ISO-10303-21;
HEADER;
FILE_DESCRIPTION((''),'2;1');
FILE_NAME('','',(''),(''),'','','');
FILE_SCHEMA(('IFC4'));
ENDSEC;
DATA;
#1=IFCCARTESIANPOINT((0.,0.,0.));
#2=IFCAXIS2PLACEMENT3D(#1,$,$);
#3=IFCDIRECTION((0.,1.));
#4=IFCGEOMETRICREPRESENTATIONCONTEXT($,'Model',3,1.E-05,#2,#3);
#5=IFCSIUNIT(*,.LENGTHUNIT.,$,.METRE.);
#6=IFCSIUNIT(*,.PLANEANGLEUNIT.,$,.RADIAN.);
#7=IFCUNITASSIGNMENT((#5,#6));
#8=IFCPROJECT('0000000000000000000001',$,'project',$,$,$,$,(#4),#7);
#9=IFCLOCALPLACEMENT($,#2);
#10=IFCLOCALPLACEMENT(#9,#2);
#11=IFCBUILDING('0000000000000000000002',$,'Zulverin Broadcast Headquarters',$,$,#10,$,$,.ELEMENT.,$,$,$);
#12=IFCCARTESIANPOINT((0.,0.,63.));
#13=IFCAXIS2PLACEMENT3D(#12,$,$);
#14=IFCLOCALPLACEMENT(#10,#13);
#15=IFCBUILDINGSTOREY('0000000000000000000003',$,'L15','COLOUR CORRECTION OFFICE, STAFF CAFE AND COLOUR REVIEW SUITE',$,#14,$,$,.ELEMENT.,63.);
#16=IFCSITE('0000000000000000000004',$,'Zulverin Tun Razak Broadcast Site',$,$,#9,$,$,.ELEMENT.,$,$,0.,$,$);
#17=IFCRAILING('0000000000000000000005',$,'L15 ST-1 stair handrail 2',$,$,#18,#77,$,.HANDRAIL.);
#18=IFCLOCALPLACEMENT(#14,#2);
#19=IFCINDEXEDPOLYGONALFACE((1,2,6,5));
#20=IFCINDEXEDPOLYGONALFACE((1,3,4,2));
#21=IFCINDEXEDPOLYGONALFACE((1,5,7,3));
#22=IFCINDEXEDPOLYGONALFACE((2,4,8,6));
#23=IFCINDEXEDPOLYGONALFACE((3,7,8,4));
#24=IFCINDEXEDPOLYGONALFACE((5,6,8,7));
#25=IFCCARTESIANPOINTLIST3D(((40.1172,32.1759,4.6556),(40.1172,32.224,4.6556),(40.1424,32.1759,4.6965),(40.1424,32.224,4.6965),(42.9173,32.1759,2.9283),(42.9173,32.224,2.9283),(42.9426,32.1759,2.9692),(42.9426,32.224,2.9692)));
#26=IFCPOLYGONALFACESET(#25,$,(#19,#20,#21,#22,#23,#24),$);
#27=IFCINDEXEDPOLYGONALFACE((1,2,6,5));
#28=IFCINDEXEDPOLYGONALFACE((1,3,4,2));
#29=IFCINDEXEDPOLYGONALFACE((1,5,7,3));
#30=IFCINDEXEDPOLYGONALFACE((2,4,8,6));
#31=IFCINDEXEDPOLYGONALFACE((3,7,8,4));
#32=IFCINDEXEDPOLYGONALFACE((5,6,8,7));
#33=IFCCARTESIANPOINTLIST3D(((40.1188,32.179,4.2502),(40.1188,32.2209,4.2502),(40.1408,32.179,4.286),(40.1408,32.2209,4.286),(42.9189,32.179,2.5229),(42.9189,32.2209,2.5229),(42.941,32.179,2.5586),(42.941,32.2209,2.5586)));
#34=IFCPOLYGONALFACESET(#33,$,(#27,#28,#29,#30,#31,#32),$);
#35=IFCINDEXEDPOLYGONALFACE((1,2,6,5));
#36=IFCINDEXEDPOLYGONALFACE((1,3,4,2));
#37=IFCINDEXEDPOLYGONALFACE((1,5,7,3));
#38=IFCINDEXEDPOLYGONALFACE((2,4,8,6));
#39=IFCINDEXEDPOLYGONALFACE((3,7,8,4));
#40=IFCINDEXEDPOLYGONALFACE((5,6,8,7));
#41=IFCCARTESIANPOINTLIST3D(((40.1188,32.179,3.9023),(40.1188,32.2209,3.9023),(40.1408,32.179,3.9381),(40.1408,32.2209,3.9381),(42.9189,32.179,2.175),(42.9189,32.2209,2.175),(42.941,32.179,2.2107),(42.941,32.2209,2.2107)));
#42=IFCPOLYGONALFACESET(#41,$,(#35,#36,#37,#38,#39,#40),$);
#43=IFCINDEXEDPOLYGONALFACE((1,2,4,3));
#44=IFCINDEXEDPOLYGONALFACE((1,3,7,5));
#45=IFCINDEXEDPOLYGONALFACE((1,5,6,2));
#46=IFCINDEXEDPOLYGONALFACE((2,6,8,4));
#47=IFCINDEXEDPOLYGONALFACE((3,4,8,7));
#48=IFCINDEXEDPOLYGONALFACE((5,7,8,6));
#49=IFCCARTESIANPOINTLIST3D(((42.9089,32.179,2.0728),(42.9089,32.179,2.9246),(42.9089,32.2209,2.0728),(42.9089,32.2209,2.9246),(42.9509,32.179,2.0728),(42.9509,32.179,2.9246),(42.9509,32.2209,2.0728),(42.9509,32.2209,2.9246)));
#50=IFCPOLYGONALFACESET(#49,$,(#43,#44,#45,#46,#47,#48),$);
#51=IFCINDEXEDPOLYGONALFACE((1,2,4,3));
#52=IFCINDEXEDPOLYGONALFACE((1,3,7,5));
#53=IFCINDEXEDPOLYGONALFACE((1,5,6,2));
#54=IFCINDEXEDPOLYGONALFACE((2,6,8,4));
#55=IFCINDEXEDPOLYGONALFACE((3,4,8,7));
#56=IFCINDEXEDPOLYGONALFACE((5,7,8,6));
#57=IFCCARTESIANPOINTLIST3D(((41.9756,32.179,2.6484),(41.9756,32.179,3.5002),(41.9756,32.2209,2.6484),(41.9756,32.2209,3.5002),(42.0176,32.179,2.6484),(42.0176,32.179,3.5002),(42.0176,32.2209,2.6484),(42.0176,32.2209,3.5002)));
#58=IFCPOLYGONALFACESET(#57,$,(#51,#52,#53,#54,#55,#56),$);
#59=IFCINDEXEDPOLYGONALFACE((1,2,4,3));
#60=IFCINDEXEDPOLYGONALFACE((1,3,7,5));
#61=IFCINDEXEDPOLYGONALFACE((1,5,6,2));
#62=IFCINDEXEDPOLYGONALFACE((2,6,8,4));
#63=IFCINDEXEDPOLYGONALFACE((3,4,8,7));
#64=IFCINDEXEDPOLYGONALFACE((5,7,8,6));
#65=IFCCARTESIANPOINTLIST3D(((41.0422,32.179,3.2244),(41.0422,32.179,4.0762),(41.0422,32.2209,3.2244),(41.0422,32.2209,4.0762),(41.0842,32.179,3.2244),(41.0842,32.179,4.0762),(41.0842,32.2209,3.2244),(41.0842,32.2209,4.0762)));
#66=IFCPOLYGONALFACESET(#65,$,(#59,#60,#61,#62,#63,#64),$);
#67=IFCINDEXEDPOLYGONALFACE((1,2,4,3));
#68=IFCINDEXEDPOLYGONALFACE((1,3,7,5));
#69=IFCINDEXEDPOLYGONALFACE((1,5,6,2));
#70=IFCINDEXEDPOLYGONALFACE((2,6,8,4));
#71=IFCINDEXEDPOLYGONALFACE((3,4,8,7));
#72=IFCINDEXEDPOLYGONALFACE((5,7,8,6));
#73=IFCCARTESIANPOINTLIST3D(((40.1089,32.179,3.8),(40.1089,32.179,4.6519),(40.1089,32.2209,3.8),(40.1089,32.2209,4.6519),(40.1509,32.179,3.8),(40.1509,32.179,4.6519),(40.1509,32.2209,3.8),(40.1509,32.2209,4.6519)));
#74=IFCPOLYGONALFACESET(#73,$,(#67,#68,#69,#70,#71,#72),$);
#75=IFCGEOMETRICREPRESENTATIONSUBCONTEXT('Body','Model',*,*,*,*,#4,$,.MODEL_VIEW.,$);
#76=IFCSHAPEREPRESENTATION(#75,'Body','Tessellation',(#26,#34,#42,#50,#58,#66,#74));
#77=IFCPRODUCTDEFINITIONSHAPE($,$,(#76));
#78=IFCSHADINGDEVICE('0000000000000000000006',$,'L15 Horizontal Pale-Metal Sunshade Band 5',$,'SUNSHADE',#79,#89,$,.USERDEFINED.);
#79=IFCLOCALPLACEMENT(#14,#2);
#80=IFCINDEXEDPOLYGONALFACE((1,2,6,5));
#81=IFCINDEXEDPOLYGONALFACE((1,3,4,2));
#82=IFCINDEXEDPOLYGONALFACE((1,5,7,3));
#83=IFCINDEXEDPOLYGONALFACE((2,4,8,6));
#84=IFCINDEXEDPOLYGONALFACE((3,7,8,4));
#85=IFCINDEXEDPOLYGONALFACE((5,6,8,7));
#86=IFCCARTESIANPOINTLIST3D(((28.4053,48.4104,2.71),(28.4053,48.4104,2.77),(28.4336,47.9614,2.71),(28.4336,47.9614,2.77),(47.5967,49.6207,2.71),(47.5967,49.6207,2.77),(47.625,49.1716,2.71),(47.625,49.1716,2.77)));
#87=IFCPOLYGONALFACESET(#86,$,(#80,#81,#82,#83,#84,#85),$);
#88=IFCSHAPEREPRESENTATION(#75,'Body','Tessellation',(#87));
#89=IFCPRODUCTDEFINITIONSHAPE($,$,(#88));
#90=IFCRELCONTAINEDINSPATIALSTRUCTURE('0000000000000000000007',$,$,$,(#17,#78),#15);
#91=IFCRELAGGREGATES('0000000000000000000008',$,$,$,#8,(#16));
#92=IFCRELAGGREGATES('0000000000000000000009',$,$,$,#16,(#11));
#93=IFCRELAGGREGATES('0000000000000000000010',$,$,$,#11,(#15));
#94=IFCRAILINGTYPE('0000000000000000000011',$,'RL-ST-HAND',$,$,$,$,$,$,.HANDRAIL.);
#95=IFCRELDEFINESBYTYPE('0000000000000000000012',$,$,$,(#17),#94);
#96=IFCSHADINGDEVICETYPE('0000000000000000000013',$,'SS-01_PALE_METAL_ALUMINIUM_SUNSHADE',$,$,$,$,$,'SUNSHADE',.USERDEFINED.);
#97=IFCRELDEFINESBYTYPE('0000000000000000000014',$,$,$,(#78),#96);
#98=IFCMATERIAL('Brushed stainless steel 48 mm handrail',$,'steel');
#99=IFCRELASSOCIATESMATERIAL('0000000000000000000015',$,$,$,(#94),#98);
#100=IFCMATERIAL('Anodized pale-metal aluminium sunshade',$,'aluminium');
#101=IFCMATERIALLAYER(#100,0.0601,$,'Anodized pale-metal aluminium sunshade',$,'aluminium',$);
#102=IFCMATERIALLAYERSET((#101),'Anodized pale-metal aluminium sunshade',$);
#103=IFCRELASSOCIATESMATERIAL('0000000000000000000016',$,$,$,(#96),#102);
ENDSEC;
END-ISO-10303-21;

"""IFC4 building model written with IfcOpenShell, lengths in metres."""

from ifc_helpers import new_model, si_unit, direction, frame, origin, origin_2d, place, context, subcontext, project, spatial, rectangle, extrude, material, layer, layer_set, type_object, element, save


model = new_model("IFC4")

# Units and contexts
model_context = context("Model", 3, precision=1e-05, world=origin(), true_north=direction((0.0, 1.0)))
body_context = subcontext(model_context, "Body", "Model", "MODEL_VIEW")
ifc_project = project(units=[si_unit("LENGTHUNIT", "METRE"), si_unit("PLANEANGLEUNIT", "RADIAN")], contexts=[model_context])

# Site, building, storey
site_placement = place(None, origin())
site = spatial("IfcSite", under=ifc_project, at=site_placement, Name="Zulverin Tun Razak Broadcast Site", CompositionType="ELEMENT", RefElevation=0.0)
building_placement = place(site_placement, origin())
building = spatial("IfcBuilding", under=site, at=building_placement, Name="Zulverin Broadcast Headquarters", CompositionType="ELEMENT")
storey_placement = place(building_placement, frame((0.0, 0.0, 63.0)))
storey = spatial("IfcBuildingStorey", under=building, at=storey_placement, Name="L15", Description="COLOUR CORRECTION OFFICE, STAFF CAFE AND COLOUR REVIEW SUITE", CompositionType="ELEMENT", Elevation=63.0)

# Railing
ifc_material_1 = material(Name="Brushed stainless steel 48 mm handrail", Category="steel")
railing_type_1 = type_object("IfcRailingType", Name="RL-ST-HAND", PredefinedType="HANDRAIL", material=ifc_material_1)
railing_1_placement = place(storey_placement, frame((42.9299, 32.2, 2.0728)))
element("IfcRailing", 1, at=railing_1_placement, inside=storey, type_object=railing_type_1, Name="L15 ST-1 stair handrail 2", PredefinedType="HANDRAIL", context=body_context, shape_type="SweptSolid", body=[
    extrude(rectangle(XDim=0.0481, YDim=0.0481, at=origin_2d()), frame((0.0, 0.0, 0.876), z_axis=(-0.85109, 0.0, 0.52502), x_axis=(0.0, -1.0, 0.0)), (0.0, 0.0, 1.0), 3.29),
    extrude(rectangle(XDim=0.042, YDim=0.042, at=origin_2d()), frame((0.0, 0.0, 0.468), z_axis=(-0.85109, 0.0, 0.52502), x_axis=(0.0, -1.0, 0.0)), (0.0, 0.0, 1.0), 3.29),
    extrude(rectangle(XDim=0.042, YDim=0.042, at=origin_2d()), frame((0.0, 0.0, 0.1201), z_axis=(-0.85109, 0.0, 0.52502), x_axis=(0.0, -1.0, 0.0)), (0.0, 0.0, 1.0), 3.29),
    extrude(rectangle(XDim=0.042, YDim=0.042, at=origin_2d()), origin(), (0.0, 0.0, 1.0), 0.8518),
    extrude(rectangle(XDim=0.042, YDim=0.042, at=origin_2d()), frame((-0.9333, 0.0, 0.5757)), (0.0, 0.0, 1.0), 0.8518),
    extrude(rectangle(XDim=0.042, YDim=0.042, at=origin_2d()), frame((-1.8667, 0.0, 1.1516)), (0.0, 0.0, 1.0), 0.8518),
    extrude(rectangle(XDim=0.042, YDim=0.042, at=origin_2d()), frame((-2.8, 0.0, 1.7273)), (0.0, 0.0, 1.0), 0.8518),
])

# Shading device
ifc_material_2 = material(Name="Anodized pale-metal aluminium sunshade", Category="aluminium")
ifc_layer_1 = layer(ifc_material_2, 0.0601, Name="Anodized pale-metal aluminium sunshade", Category="aluminium")
ifc_layer_set_1 = layer_set([ifc_layer_1], Name="Anodized pale-metal aluminium sunshade")
shading_device_type = type_object("IfcShadingDeviceType", Name="SS-01_PALE_METAL_ALUMINIUM_SUNSHADE", ElementType="SUNSHADE", PredefinedType="USERDEFINED", material=ifc_layer_set_1)
shading_device_placement = place(storey_placement, frame((38.0151, 48.791, 2.71), z_axis=(0.0, 0.0, 1.0), x_axis=(-0.998018, -0.062935, 0.0)))
element("IfcShadingDevice", 2, at=shading_device_placement, inside=storey, type_object=shading_device_type, Name="L15 Horizontal Pale-Metal Sunshade Band 5", ObjectType="SUNSHADE", PredefinedType="USERDEFINED", context=body_context, shape_type="SweptSolid", body=[
    extrude(rectangle(XDim=19.2295, YDim=0.45, at=origin_2d()), origin(), (0.0, 0.0, 1.0), 0.0601),
])

save(model, "model.ifc")
